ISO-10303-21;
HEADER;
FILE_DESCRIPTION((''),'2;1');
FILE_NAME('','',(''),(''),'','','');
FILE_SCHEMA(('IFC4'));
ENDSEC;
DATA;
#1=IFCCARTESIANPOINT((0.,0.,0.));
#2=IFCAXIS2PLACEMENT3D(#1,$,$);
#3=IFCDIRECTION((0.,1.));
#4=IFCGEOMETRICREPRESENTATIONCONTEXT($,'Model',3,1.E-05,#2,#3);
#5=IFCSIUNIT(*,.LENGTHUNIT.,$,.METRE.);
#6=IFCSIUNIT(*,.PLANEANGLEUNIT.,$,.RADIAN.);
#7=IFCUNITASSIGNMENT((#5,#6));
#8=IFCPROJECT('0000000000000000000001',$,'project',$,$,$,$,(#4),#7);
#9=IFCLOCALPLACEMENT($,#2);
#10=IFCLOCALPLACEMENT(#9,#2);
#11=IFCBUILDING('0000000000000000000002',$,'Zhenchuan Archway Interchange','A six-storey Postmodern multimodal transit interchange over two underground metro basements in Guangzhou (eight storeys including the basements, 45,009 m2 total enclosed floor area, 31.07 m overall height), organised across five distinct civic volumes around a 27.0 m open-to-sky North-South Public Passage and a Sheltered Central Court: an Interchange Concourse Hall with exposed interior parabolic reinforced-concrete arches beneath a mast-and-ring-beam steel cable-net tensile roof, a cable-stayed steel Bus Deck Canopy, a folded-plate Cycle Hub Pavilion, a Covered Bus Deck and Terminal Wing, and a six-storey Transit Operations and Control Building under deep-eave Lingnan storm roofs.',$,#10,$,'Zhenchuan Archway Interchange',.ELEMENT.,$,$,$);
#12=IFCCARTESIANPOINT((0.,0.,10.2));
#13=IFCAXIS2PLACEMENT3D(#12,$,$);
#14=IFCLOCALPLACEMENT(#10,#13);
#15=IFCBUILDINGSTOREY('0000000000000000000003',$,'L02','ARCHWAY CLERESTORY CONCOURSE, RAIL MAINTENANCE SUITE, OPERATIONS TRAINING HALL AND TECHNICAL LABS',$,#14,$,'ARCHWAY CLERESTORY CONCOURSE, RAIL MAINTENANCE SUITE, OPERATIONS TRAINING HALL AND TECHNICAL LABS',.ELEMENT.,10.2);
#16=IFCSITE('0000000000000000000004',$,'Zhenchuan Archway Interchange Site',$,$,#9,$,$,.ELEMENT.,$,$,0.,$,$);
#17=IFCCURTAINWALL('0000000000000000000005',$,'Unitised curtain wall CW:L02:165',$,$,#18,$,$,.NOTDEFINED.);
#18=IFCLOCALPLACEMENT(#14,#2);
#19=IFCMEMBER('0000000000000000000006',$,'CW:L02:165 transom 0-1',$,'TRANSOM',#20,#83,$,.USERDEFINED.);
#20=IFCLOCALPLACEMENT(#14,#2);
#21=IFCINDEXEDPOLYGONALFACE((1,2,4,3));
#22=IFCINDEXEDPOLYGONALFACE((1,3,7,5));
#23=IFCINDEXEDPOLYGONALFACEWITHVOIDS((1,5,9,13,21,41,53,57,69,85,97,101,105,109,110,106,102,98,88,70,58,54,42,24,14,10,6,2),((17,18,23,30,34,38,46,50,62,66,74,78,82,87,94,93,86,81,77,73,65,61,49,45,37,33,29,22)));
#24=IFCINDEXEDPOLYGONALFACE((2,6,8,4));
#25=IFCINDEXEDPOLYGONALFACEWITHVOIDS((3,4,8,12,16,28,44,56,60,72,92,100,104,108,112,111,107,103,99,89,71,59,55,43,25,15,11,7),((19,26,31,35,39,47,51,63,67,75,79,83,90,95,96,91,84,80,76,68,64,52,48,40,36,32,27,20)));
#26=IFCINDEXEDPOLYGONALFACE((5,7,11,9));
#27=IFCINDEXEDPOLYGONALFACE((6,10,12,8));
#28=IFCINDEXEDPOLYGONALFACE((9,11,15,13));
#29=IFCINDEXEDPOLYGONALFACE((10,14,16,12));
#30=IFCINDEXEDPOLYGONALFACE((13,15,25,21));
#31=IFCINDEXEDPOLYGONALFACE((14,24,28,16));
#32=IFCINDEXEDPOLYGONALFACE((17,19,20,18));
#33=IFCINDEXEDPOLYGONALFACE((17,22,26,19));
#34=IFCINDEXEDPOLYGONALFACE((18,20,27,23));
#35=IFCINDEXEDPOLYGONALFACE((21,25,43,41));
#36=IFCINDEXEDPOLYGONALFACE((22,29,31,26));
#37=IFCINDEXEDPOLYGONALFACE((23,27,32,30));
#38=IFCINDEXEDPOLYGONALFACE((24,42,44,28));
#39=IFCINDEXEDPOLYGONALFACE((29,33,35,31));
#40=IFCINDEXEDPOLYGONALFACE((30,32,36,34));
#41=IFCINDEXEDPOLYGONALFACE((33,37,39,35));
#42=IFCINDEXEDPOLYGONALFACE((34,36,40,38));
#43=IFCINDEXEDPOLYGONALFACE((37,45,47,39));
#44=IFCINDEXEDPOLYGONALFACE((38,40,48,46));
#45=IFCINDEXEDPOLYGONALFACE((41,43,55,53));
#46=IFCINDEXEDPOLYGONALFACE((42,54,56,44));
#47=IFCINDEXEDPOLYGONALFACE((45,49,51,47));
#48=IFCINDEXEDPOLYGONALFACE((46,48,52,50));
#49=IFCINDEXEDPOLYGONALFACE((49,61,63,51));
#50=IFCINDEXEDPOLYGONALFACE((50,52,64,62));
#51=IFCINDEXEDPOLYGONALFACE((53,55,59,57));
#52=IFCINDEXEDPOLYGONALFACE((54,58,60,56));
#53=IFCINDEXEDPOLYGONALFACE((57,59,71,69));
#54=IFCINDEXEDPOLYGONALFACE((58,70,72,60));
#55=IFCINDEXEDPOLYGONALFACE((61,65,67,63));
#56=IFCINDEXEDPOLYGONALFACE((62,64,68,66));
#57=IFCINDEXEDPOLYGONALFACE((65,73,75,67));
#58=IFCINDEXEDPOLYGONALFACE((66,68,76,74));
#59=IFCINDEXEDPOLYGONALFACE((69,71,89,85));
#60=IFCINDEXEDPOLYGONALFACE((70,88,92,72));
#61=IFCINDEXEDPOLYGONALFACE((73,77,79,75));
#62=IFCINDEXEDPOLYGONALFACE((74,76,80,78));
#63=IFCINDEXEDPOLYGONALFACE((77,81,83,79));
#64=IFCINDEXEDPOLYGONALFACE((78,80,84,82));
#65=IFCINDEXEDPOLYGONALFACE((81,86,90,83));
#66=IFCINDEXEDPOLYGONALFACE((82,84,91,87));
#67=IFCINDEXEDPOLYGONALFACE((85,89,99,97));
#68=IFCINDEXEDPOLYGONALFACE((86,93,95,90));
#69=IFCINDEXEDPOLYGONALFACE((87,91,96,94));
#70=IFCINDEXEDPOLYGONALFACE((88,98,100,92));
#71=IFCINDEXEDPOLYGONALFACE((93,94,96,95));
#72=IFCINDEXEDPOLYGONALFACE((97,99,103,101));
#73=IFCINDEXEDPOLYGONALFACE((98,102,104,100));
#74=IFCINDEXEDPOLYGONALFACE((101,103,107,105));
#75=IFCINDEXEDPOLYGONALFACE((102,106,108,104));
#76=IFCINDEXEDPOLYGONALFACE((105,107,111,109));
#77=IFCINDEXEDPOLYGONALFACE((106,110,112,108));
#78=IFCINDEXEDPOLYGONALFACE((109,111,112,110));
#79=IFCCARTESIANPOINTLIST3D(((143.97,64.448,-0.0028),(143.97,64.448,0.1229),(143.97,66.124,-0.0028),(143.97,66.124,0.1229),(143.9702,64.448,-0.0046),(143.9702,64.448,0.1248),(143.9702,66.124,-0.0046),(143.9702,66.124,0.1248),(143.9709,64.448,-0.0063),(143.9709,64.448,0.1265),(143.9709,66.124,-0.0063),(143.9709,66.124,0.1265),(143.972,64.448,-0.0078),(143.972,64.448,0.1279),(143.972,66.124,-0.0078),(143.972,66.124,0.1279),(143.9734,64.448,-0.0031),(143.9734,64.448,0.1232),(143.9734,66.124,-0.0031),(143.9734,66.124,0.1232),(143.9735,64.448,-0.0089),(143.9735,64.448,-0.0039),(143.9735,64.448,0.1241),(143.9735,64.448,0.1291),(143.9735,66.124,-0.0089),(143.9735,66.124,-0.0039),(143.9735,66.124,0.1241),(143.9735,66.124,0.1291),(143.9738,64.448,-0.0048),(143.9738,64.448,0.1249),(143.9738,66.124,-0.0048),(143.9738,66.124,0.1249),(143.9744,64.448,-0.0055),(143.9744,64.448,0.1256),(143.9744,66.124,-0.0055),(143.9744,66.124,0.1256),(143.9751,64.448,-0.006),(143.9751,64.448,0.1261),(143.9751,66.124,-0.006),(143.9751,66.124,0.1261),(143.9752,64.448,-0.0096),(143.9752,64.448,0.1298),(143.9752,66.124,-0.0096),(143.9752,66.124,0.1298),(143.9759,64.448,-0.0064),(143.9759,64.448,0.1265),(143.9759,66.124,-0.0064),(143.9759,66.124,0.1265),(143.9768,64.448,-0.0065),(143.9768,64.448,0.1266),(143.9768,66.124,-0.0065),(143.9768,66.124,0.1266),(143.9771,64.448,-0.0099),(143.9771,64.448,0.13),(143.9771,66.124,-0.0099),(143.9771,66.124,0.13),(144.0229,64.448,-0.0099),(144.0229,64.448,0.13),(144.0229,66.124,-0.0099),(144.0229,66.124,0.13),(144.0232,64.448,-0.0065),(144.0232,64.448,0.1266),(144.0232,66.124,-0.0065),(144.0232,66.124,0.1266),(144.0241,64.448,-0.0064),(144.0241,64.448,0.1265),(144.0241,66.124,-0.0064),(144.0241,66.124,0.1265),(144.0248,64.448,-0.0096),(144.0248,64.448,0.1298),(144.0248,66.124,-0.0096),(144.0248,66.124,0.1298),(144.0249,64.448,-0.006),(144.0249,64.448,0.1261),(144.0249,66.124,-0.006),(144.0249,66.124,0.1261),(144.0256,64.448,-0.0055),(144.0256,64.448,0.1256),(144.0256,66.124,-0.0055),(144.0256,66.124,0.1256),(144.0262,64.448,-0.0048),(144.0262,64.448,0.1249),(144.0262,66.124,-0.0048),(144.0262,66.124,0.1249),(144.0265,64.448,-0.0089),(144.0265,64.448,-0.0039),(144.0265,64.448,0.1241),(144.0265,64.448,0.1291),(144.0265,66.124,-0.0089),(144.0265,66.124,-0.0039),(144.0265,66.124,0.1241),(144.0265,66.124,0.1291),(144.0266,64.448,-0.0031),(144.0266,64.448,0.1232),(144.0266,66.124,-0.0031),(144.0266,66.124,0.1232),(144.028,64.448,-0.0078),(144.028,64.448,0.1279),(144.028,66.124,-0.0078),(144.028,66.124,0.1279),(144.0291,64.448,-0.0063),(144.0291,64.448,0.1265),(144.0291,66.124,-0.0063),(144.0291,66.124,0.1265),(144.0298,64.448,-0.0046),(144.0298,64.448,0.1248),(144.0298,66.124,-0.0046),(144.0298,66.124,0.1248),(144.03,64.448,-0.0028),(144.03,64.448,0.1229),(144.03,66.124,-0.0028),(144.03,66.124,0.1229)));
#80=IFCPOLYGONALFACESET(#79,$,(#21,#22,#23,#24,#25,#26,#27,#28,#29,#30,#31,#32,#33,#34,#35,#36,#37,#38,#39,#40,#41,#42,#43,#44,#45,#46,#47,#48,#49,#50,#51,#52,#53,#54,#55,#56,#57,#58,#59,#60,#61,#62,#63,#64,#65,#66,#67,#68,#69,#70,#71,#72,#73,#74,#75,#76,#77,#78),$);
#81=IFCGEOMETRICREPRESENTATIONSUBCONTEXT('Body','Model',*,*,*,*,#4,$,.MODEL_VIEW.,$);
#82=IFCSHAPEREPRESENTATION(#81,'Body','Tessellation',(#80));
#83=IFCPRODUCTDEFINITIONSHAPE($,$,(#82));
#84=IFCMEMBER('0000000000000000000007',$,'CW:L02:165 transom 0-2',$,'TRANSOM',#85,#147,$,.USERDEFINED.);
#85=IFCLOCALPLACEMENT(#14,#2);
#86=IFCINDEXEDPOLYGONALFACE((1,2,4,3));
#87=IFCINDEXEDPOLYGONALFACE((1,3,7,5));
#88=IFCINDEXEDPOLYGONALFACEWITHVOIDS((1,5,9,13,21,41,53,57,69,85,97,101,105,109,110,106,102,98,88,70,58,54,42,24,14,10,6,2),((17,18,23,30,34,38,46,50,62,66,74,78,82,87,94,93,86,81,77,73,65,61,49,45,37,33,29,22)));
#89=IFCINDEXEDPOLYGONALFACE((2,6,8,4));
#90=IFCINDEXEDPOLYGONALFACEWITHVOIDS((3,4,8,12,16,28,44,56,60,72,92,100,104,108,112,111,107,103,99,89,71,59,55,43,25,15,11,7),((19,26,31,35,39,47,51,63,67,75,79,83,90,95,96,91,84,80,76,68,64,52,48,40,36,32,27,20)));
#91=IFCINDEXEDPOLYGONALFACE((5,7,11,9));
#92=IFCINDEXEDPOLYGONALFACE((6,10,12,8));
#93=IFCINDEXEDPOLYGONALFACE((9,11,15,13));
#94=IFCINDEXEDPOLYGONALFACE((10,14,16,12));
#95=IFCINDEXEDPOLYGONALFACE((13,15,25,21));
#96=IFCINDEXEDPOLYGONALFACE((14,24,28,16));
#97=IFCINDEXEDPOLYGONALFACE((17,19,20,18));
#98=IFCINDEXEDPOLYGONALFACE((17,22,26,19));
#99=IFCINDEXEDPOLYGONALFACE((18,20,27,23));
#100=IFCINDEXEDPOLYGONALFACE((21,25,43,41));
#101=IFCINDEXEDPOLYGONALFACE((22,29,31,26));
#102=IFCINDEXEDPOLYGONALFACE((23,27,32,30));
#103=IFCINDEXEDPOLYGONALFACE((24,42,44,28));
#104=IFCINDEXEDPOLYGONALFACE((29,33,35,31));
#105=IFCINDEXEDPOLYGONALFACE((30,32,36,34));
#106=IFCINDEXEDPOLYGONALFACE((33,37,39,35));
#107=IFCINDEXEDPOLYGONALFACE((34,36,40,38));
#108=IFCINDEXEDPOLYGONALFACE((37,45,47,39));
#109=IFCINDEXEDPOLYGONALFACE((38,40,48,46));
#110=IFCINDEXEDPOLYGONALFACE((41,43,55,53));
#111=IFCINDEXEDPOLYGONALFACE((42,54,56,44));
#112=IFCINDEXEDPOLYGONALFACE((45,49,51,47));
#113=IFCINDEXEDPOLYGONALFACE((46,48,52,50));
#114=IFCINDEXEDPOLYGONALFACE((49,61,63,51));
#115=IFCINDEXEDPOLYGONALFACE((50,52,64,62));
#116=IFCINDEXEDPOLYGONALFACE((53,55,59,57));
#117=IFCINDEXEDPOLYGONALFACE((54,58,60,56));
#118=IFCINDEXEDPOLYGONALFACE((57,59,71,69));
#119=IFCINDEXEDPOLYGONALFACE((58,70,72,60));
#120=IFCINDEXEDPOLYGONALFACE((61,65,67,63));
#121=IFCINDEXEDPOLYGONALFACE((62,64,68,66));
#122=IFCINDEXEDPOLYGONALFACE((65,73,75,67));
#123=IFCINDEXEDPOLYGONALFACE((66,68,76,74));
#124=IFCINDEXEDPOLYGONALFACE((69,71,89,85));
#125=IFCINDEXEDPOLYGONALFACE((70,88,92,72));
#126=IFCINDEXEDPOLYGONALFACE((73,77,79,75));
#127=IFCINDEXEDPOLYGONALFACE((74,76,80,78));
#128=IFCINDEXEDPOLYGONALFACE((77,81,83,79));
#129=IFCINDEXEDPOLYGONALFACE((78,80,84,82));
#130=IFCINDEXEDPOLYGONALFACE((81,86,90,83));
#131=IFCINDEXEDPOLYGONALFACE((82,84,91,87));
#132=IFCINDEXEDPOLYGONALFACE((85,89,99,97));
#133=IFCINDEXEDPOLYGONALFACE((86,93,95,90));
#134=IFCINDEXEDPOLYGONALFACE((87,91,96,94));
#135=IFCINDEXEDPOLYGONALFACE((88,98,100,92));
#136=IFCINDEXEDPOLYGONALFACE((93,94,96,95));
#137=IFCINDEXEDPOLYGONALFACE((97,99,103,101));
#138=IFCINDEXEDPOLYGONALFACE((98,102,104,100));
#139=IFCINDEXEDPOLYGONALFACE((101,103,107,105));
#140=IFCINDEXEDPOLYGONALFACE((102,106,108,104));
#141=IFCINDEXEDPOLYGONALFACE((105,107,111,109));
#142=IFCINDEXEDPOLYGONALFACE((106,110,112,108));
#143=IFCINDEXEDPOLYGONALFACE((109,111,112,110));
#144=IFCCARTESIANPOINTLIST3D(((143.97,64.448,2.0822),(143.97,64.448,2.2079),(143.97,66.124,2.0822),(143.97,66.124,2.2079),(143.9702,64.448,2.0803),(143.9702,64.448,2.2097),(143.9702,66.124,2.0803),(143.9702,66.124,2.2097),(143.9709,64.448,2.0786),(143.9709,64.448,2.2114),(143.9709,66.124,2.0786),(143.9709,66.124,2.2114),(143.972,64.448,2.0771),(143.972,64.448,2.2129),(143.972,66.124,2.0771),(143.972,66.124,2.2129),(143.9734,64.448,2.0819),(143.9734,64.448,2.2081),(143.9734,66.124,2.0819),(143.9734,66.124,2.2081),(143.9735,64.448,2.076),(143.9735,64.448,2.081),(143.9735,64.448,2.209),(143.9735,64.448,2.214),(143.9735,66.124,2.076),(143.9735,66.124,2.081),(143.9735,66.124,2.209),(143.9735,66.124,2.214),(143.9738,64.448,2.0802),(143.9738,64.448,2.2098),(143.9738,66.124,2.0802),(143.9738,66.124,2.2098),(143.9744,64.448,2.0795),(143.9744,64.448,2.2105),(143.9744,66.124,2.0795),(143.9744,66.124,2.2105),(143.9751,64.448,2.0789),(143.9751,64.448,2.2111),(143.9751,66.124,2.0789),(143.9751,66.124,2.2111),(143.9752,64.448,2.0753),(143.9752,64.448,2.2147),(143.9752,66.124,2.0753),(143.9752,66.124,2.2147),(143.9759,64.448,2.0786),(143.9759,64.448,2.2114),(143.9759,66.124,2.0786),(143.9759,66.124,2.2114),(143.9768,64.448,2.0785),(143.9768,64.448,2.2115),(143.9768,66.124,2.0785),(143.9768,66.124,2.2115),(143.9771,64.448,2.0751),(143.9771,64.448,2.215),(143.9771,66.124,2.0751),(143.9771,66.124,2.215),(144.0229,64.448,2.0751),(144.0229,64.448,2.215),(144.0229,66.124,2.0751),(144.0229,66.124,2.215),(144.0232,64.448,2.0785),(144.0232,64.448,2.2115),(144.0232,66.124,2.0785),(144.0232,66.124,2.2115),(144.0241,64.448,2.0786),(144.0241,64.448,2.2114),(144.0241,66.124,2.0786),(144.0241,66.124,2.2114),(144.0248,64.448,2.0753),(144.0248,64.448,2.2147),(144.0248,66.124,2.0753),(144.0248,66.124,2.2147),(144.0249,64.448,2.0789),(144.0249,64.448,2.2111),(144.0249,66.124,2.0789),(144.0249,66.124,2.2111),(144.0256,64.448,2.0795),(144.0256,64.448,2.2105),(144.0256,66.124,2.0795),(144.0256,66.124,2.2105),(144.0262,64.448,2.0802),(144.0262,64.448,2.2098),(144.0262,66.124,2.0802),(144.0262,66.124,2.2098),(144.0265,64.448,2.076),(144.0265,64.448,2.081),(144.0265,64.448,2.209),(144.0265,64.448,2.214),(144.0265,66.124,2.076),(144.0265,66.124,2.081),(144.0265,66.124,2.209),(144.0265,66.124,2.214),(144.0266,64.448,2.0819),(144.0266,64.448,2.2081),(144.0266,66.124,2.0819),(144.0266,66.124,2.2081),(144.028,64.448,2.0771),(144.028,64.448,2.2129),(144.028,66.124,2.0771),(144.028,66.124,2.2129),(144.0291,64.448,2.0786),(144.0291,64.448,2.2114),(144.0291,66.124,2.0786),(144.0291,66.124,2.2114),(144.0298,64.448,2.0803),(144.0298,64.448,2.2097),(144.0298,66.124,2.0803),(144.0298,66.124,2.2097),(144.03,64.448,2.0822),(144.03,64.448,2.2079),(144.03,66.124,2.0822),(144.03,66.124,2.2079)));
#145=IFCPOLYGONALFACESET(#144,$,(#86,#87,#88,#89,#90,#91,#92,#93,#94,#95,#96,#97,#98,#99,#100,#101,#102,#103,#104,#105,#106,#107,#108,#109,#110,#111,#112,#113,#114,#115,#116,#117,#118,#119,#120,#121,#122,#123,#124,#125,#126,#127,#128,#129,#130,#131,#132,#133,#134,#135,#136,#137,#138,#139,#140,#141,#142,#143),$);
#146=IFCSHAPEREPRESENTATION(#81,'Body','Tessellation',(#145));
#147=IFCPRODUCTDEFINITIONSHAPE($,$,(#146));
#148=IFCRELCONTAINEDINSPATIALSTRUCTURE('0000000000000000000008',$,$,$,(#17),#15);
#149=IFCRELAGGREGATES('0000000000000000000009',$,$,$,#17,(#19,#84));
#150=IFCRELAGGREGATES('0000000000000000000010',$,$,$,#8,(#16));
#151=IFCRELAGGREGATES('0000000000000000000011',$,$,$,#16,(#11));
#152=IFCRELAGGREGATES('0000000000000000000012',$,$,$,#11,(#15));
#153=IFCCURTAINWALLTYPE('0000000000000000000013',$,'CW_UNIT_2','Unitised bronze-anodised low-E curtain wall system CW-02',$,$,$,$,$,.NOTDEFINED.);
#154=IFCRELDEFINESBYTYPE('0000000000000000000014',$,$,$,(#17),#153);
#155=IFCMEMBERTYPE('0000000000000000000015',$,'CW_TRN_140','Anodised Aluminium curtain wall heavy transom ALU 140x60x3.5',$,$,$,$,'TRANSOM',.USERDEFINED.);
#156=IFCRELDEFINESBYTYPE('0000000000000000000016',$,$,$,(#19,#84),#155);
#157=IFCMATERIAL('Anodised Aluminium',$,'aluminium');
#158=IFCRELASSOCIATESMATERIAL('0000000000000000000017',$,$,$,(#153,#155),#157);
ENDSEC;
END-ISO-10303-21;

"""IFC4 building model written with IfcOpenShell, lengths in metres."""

from ifc_helpers import new_model, si_unit, direction, frame, origin, origin_2d, place, context, subcontext, project, spatial, hollow_rectangle, extrude, material, material_profile, profile_set, type_object, element, aggregate, save


model = new_model("IFC4")

# Units and contexts
model_context = context("Model", 3, precision=1e-05, world=origin(), true_north=direction((0.0, 1.0)))
body_context = subcontext(model_context, "Body", "Model", "MODEL_VIEW")
ifc_project = project(units=[si_unit("LENGTHUNIT", "METRE"), si_unit("PLANEANGLEUNIT", "RADIAN")], contexts=[model_context])

# Site, building, storey
site_placement = place(None, origin())
site = spatial("IfcSite", under=ifc_project, at=site_placement, Name="Zhenchuan Archway Interchange Site", CompositionType="ELEMENT", RefElevation=0.0)
building_placement = place(site_placement, origin())
building = spatial("IfcBuilding", under=site, at=building_placement, Name="Zhenchuan Archway Interchange", Description="A six-storey Postmodern multimodal transit interchange over two underground metro basements in Guangzhou (eight storeys including the basements, 45,009 m2 total enclosed floor area, 31.07 m overall height), organised across five distinct civic volumes around a 27.0 m open-to-sky North-South Public Passage and a Sheltered Central Court: an Interchange Concourse Hall with exposed interior parabolic reinforced-concrete arches beneath a mast-and-ring-beam steel cable-net tensile roof, a cable-stayed steel Bus Deck Canopy, a folded-plate Cycle Hub Pavilion, a Covered Bus Deck and Terminal Wing, and a six-storey Transit Operations and Control Building under deep-eave Lingnan storm roofs.", LongName="Zhenchuan Archway Interchange", CompositionType="ELEMENT")
storey_placement = place(building_placement, frame((0.0, 0.0, 10.2)))
storey = spatial("IfcBuildingStorey", under=building, at=storey_placement, Name="L02", Description="ARCHWAY CLERESTORY CONCOURSE, RAIL MAINTENANCE SUITE, OPERATIONS TRAINING HALL AND TECHNICAL LABS", LongName="ARCHWAY CLERESTORY CONCOURSE, RAIL MAINTENANCE SUITE, OPERATIONS TRAINING HALL AND TECHNICAL LABS", CompositionType="ELEMENT", Elevation=10.2)

# Curtain wall, members
ifc_material_1 = material(Name="Anodised Aluminium", Category="aluminium")
curtain_wall_type = type_object("IfcCurtainWallType", Name="CW_UNIT_2", Description="Unitised bronze-anodised low-E curtain wall system CW-02", PredefinedType="NOTDEFINED", material=ifc_material_1)
curtain_wall_placement = place(storey_placement, origin())
curtain_wall = element("IfcCurtainWall", 1, at=curtain_wall_placement, inside=storey, type_object=curtain_wall_type, Name="Unitised curtain wall CW:L02:165", PredefinedType="NOTDEFINED")
ifc_material_profile_1 = material_profile(ifc_material_1, hollow_rectangle(XDim=0.0601, YDim=0.1399, WallThickness=0.0034, InnerFilletRadius=0.0034, OuterFilletRadius=0.0071, at=origin_2d()), Name="ALU 140x60x3.5")
ifc_profile_set_1 = profile_set([ifc_material_profile_1], Name="Anodised Aluminium")
member_type_1 = type_object("IfcMemberType", Name="CW_TRN_140", Description="Anodised Aluminium curtain wall heavy transom ALU 140x60x3.5", ElementType="TRANSOM", PredefinedType="USERDEFINED", material=ifc_profile_set_1)
member_1_placement = place(storey_placement, frame((144.0, 64.448, 0.0601), z_axis=(0.0, 1.0, 0.0), x_axis=(-1.0, 0.0, 0.0)))
member_1 = element("IfcMember", 2, at=member_1_placement, type_object=member_type_1, Name="CW:L02:165 transom 0-1", ObjectType="TRANSOM", PredefinedType="USERDEFINED", context=body_context, shape_type="SweptSolid", body=[
    extrude(hollow_rectangle(XDim=0.0601, YDim=0.1399, WallThickness=0.0034, InnerFilletRadius=0.0034, OuterFilletRadius=0.0071, at=origin_2d()), origin(), (0.0, 0.0, 1.0), 1.676),
])
member_2_placement = place(storey_placement, frame((144.0, 64.448, 2.145), z_axis=(0.0, 1.0, 0.0), x_axis=(-1.0, 0.0, 0.0)))
member_2 = element("IfcMember", 3, at=member_2_placement, type_object=member_type_1, Name="CW:L02:165 transom 0-2", ObjectType="TRANSOM", PredefinedType="USERDEFINED", context=body_context, shape_type="SweptSolid", body=[
    extrude(hollow_rectangle(XDim=0.0601, YDim=0.1399, WallThickness=0.0034, InnerFilletRadius=0.0034, OuterFilletRadius=0.0071, at=origin_2d()), origin(), (0.0, 0.0, 1.0), 1.676),
])

aggregate(curtain_wall, [member_1, member_2])

save(model, "model.ifc")
